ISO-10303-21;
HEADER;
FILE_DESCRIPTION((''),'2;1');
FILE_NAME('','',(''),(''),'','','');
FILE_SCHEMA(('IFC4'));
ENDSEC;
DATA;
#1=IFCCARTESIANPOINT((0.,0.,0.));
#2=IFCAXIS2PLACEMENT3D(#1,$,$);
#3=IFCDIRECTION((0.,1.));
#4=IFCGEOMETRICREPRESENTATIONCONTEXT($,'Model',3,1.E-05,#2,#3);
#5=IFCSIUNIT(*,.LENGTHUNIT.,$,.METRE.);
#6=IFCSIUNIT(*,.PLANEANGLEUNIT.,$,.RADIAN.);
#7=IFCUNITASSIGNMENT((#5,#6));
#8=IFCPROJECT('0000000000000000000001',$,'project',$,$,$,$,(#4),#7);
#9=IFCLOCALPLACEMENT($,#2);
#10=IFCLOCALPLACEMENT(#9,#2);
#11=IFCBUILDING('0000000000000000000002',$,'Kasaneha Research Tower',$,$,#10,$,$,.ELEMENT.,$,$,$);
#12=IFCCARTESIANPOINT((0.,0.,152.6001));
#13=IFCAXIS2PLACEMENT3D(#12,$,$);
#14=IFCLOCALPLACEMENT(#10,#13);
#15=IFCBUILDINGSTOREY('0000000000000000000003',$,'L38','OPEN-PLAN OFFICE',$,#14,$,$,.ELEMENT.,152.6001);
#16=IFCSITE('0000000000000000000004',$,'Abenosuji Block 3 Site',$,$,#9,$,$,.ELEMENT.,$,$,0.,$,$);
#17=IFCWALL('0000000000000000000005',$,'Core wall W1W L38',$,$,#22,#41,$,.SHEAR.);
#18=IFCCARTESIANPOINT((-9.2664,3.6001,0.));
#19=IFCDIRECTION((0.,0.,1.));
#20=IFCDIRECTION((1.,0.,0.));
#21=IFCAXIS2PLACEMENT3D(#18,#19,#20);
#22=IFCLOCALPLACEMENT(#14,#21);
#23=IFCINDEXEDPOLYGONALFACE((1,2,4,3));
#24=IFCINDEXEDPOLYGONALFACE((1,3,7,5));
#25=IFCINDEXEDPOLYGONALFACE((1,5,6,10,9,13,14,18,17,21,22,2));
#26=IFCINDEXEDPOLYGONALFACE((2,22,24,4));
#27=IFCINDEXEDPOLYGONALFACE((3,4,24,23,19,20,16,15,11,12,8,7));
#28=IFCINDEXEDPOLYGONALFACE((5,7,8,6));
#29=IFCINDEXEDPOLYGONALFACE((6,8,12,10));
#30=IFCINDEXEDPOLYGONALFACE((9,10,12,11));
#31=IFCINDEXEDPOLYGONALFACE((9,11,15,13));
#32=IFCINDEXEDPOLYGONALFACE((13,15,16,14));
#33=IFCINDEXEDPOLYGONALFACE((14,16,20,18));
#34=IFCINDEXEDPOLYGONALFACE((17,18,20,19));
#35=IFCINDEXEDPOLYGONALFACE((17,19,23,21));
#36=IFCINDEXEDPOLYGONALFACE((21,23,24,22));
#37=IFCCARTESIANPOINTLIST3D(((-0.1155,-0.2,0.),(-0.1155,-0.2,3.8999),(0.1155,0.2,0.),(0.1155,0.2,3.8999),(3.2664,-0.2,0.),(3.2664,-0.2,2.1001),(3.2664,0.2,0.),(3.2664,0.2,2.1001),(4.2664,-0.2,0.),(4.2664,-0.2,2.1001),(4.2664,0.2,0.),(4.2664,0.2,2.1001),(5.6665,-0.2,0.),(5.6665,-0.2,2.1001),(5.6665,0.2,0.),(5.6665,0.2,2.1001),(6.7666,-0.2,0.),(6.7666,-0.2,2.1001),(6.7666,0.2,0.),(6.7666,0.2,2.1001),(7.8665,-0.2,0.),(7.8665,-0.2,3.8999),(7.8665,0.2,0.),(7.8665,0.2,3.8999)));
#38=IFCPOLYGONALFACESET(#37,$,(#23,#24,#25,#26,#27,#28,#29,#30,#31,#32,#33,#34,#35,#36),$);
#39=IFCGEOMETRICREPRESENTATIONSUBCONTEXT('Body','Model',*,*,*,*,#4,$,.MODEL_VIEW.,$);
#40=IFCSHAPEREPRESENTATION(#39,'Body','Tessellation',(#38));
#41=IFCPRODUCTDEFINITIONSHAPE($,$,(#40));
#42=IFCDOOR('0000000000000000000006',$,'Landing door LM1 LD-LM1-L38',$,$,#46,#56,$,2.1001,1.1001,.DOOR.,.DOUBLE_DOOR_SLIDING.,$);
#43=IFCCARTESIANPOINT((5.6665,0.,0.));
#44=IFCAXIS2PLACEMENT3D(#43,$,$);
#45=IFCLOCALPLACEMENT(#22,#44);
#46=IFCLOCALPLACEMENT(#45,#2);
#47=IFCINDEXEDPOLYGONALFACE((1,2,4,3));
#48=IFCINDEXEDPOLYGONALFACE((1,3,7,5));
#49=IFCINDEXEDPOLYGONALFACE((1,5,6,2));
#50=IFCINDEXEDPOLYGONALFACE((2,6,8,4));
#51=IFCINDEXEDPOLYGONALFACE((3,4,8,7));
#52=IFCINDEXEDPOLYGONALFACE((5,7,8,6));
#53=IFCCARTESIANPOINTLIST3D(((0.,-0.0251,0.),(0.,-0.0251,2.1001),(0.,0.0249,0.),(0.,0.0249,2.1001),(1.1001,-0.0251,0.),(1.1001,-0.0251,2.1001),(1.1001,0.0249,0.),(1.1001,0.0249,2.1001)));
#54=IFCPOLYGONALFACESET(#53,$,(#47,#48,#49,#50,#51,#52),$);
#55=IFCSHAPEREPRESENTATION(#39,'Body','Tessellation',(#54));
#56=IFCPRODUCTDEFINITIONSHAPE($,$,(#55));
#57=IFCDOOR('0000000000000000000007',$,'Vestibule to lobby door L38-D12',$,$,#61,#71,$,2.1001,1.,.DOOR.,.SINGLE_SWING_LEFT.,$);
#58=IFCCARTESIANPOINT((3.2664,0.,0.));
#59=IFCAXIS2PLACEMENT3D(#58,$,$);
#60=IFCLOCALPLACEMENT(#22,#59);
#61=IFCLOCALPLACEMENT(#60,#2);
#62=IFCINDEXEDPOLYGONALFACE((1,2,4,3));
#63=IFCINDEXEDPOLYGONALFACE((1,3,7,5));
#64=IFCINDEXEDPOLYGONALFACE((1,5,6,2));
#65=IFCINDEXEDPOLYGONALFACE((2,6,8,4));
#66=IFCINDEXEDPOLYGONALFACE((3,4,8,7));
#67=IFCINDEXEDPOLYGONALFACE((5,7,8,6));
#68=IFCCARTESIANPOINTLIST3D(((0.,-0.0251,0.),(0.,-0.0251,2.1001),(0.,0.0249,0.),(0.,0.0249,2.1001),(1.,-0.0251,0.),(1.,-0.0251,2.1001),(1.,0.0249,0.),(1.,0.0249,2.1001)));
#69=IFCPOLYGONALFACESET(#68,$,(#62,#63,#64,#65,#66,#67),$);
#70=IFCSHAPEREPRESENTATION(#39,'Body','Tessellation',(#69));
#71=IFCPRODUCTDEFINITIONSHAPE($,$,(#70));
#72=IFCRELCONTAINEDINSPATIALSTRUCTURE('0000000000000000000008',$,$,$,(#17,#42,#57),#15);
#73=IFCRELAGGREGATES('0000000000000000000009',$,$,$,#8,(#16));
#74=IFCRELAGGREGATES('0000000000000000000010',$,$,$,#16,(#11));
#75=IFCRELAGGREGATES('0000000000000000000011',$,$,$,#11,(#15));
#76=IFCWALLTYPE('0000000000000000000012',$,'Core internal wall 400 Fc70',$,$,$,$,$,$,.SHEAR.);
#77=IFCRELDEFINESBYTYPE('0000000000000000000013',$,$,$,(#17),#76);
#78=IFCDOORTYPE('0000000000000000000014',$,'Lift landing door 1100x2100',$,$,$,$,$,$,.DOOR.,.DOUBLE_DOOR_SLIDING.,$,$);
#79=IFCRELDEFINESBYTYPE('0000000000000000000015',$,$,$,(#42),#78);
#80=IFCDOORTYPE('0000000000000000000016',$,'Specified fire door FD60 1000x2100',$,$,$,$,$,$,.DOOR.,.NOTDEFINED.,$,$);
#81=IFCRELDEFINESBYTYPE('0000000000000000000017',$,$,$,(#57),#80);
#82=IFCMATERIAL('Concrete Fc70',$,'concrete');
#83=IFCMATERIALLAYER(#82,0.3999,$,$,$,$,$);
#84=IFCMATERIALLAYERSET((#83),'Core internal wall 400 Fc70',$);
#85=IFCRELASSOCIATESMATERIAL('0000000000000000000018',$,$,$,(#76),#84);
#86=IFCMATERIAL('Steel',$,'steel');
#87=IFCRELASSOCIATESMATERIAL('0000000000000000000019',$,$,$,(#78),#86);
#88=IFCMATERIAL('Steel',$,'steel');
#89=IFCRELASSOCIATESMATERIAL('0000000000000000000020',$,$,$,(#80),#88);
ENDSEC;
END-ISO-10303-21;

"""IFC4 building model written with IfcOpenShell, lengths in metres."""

from ifc_helpers import new_model, si_unit, direction, frame, frame_2d, origin, place, context, subcontext, project, spatial, polyline, rectangle, outline, extrude, material, layer, layer_set, type_object, element, fill, save


model = new_model("IFC4")

# Units and contexts
model_context = context("Model", 3, precision=1e-05, world=origin(), true_north=direction((0.0, 1.0)))
body_context = subcontext(model_context, "Body", "Model", "MODEL_VIEW")
ifc_project = project(units=[si_unit("LENGTHUNIT", "METRE"), si_unit("PLANEANGLEUNIT", "RADIAN")], contexts=[model_context])

# Site, building, storey
site_placement = place(None, origin())
site = spatial("IfcSite", under=ifc_project, at=site_placement, Name="Abenosuji Block 3 Site", CompositionType="ELEMENT", RefElevation=0.0)
building_placement = place(site_placement, origin())
building = spatial("IfcBuilding", under=site, at=building_placement, Name="Kasaneha Research Tower", CompositionType="ELEMENT")
storey_placement = place(building_placement, frame((0.0, 0.0, 152.6001)))
storey = spatial("IfcBuildingStorey", under=building, at=storey_placement, Name="L38", Description="OPEN-PLAN OFFICE", CompositionType="ELEMENT", Elevation=152.6001)

# Wall, openings, doors
ifc_material_1 = material(Name="Concrete Fc70", Category="concrete")
ifc_layer_1 = layer(ifc_material_1, 0.3999)
ifc_layer_set_1 = layer_set([ifc_layer_1], Name="Core internal wall 400 Fc70")
wall_type_1 = type_object("IfcWallType", Name="Core internal wall 400 Fc70", PredefinedType="SHEAR", material=ifc_layer_set_1)
wall_1_placement = place(storey_placement, frame((-9.2664, 3.6001, 0.0), z_axis=(0.0, 0.0, 1.0), x_axis=(1.0, 0.0, 0.0)))
wall_1 = element("IfcWall", 1, at=wall_1_placement, inside=storey, type_object=wall_type_1, Name="Core wall W1W L38", PredefinedType="SHEAR", context=body_context, shape_type="SweptSolid", body=[
    extrude(outline(polyline([(-0.1155, -0.2), (3.2664, -0.2), (4.2664, -0.2), (5.6665, -0.2), (6.7666, -0.2), (7.8665, -0.2), (7.8665, 0.2), (6.7666, 0.2), (5.6665, 0.2), (4.2664, 0.2), (3.2664, 0.2), (0.1155, 0.2), (-0.1155, -0.2)])), origin(), (0.0, 0.0, 1.0), 3.8999),
])
opening_1_placement = place(wall_1_placement, frame((3.2664, 0.0, 0.0)))
opening_1 = element("IfcOpeningElement", 2, at=opening_1_placement, cuts=wall_1, PredefinedType="OPENING", context=body_context, shape_type="SweptSolid", body=[
    extrude(rectangle(XDim=1.0, YDim=2.1001, at=frame_2d((0.5, 1.05))), frame((0.0, 0.21, 0.0), z_axis=(0.0, -1.0, 0.0), x_axis=(1.0, 0.0, 0.0)), (0.0, 0.0, 1.0), 0.4199),
])
opening_2_placement = place(wall_1_placement, frame((5.6665, 0.0, 0.0)))
opening_2 = element("IfcOpeningElement", 3, at=opening_2_placement, cuts=wall_1, PredefinedType="OPENING", context=body_context, shape_type="SweptSolid", body=[
    extrude(rectangle(XDim=1.1001, YDim=2.1001, at=frame_2d((0.55, 1.05))), frame((0.0, 0.21, 0.0), z_axis=(0.0, -1.0, 0.0), x_axis=(1.0, 0.0, 0.0)), (0.0, 0.0, 1.0), 0.4199),
])
ifc_material_2 = material(Name="Steel", Category="steel")
door_type_1 = type_object("IfcDoorType", Name="Lift landing door 1100x2100", OperationType="DOUBLE_DOOR_SLIDING", PredefinedType="DOOR", material=ifc_material_2)
door_1_placement = place(opening_2_placement, origin())
door_1 = element("IfcDoor", 4, at=door_1_placement, inside=storey, type_object=door_type_1, Name="Landing door LM1 LD-LM1-L38", OperationType="DOUBLE_DOOR_SLIDING", OverallHeight=2.1001, OverallWidth=1.1001, PredefinedType="DOOR", context=body_context, shape_type="SweptSolid", body=[
    extrude(rectangle(XDim=1.1001, YDim=2.1001, at=frame_2d((0.55, 1.05))), frame((0.0, 0.0249, 0.0), z_axis=(0.0, -1.0, 0.0), x_axis=(1.0, 0.0, 0.0)), (0.0, 0.0, 1.0), 0.05),
])
fill(opening_2, door_1)
ifc_material_3 = material(Name="Steel", Category="steel")
door_type_2 = type_object("IfcDoorType", Name="Specified fire door FD60 1000x2100", OperationType="NOTDEFINED", PredefinedType="DOOR", material=ifc_material_3)
door_2_placement = place(opening_1_placement, origin())
door_2 = element("IfcDoor", 5, at=door_2_placement, inside=storey, type_object=door_type_2, Name="Vestibule to lobby door L38-D12", OperationType="SINGLE_SWING_LEFT", OverallHeight=2.1001, OverallWidth=1.0, PredefinedType="DOOR", context=body_context, shape_type="SweptSolid", body=[
    extrude(rectangle(XDim=1.0, YDim=2.1001, at=frame_2d((0.5, 1.05))), frame((0.0, 0.0249, 0.0), z_axis=(0.0, -1.0, 0.0), x_axis=(1.0, 0.0, 0.0)), (0.0, 0.0, 1.0), 0.05),
])
fill(opening_1, door_2)

save(model, "model.ifc")
